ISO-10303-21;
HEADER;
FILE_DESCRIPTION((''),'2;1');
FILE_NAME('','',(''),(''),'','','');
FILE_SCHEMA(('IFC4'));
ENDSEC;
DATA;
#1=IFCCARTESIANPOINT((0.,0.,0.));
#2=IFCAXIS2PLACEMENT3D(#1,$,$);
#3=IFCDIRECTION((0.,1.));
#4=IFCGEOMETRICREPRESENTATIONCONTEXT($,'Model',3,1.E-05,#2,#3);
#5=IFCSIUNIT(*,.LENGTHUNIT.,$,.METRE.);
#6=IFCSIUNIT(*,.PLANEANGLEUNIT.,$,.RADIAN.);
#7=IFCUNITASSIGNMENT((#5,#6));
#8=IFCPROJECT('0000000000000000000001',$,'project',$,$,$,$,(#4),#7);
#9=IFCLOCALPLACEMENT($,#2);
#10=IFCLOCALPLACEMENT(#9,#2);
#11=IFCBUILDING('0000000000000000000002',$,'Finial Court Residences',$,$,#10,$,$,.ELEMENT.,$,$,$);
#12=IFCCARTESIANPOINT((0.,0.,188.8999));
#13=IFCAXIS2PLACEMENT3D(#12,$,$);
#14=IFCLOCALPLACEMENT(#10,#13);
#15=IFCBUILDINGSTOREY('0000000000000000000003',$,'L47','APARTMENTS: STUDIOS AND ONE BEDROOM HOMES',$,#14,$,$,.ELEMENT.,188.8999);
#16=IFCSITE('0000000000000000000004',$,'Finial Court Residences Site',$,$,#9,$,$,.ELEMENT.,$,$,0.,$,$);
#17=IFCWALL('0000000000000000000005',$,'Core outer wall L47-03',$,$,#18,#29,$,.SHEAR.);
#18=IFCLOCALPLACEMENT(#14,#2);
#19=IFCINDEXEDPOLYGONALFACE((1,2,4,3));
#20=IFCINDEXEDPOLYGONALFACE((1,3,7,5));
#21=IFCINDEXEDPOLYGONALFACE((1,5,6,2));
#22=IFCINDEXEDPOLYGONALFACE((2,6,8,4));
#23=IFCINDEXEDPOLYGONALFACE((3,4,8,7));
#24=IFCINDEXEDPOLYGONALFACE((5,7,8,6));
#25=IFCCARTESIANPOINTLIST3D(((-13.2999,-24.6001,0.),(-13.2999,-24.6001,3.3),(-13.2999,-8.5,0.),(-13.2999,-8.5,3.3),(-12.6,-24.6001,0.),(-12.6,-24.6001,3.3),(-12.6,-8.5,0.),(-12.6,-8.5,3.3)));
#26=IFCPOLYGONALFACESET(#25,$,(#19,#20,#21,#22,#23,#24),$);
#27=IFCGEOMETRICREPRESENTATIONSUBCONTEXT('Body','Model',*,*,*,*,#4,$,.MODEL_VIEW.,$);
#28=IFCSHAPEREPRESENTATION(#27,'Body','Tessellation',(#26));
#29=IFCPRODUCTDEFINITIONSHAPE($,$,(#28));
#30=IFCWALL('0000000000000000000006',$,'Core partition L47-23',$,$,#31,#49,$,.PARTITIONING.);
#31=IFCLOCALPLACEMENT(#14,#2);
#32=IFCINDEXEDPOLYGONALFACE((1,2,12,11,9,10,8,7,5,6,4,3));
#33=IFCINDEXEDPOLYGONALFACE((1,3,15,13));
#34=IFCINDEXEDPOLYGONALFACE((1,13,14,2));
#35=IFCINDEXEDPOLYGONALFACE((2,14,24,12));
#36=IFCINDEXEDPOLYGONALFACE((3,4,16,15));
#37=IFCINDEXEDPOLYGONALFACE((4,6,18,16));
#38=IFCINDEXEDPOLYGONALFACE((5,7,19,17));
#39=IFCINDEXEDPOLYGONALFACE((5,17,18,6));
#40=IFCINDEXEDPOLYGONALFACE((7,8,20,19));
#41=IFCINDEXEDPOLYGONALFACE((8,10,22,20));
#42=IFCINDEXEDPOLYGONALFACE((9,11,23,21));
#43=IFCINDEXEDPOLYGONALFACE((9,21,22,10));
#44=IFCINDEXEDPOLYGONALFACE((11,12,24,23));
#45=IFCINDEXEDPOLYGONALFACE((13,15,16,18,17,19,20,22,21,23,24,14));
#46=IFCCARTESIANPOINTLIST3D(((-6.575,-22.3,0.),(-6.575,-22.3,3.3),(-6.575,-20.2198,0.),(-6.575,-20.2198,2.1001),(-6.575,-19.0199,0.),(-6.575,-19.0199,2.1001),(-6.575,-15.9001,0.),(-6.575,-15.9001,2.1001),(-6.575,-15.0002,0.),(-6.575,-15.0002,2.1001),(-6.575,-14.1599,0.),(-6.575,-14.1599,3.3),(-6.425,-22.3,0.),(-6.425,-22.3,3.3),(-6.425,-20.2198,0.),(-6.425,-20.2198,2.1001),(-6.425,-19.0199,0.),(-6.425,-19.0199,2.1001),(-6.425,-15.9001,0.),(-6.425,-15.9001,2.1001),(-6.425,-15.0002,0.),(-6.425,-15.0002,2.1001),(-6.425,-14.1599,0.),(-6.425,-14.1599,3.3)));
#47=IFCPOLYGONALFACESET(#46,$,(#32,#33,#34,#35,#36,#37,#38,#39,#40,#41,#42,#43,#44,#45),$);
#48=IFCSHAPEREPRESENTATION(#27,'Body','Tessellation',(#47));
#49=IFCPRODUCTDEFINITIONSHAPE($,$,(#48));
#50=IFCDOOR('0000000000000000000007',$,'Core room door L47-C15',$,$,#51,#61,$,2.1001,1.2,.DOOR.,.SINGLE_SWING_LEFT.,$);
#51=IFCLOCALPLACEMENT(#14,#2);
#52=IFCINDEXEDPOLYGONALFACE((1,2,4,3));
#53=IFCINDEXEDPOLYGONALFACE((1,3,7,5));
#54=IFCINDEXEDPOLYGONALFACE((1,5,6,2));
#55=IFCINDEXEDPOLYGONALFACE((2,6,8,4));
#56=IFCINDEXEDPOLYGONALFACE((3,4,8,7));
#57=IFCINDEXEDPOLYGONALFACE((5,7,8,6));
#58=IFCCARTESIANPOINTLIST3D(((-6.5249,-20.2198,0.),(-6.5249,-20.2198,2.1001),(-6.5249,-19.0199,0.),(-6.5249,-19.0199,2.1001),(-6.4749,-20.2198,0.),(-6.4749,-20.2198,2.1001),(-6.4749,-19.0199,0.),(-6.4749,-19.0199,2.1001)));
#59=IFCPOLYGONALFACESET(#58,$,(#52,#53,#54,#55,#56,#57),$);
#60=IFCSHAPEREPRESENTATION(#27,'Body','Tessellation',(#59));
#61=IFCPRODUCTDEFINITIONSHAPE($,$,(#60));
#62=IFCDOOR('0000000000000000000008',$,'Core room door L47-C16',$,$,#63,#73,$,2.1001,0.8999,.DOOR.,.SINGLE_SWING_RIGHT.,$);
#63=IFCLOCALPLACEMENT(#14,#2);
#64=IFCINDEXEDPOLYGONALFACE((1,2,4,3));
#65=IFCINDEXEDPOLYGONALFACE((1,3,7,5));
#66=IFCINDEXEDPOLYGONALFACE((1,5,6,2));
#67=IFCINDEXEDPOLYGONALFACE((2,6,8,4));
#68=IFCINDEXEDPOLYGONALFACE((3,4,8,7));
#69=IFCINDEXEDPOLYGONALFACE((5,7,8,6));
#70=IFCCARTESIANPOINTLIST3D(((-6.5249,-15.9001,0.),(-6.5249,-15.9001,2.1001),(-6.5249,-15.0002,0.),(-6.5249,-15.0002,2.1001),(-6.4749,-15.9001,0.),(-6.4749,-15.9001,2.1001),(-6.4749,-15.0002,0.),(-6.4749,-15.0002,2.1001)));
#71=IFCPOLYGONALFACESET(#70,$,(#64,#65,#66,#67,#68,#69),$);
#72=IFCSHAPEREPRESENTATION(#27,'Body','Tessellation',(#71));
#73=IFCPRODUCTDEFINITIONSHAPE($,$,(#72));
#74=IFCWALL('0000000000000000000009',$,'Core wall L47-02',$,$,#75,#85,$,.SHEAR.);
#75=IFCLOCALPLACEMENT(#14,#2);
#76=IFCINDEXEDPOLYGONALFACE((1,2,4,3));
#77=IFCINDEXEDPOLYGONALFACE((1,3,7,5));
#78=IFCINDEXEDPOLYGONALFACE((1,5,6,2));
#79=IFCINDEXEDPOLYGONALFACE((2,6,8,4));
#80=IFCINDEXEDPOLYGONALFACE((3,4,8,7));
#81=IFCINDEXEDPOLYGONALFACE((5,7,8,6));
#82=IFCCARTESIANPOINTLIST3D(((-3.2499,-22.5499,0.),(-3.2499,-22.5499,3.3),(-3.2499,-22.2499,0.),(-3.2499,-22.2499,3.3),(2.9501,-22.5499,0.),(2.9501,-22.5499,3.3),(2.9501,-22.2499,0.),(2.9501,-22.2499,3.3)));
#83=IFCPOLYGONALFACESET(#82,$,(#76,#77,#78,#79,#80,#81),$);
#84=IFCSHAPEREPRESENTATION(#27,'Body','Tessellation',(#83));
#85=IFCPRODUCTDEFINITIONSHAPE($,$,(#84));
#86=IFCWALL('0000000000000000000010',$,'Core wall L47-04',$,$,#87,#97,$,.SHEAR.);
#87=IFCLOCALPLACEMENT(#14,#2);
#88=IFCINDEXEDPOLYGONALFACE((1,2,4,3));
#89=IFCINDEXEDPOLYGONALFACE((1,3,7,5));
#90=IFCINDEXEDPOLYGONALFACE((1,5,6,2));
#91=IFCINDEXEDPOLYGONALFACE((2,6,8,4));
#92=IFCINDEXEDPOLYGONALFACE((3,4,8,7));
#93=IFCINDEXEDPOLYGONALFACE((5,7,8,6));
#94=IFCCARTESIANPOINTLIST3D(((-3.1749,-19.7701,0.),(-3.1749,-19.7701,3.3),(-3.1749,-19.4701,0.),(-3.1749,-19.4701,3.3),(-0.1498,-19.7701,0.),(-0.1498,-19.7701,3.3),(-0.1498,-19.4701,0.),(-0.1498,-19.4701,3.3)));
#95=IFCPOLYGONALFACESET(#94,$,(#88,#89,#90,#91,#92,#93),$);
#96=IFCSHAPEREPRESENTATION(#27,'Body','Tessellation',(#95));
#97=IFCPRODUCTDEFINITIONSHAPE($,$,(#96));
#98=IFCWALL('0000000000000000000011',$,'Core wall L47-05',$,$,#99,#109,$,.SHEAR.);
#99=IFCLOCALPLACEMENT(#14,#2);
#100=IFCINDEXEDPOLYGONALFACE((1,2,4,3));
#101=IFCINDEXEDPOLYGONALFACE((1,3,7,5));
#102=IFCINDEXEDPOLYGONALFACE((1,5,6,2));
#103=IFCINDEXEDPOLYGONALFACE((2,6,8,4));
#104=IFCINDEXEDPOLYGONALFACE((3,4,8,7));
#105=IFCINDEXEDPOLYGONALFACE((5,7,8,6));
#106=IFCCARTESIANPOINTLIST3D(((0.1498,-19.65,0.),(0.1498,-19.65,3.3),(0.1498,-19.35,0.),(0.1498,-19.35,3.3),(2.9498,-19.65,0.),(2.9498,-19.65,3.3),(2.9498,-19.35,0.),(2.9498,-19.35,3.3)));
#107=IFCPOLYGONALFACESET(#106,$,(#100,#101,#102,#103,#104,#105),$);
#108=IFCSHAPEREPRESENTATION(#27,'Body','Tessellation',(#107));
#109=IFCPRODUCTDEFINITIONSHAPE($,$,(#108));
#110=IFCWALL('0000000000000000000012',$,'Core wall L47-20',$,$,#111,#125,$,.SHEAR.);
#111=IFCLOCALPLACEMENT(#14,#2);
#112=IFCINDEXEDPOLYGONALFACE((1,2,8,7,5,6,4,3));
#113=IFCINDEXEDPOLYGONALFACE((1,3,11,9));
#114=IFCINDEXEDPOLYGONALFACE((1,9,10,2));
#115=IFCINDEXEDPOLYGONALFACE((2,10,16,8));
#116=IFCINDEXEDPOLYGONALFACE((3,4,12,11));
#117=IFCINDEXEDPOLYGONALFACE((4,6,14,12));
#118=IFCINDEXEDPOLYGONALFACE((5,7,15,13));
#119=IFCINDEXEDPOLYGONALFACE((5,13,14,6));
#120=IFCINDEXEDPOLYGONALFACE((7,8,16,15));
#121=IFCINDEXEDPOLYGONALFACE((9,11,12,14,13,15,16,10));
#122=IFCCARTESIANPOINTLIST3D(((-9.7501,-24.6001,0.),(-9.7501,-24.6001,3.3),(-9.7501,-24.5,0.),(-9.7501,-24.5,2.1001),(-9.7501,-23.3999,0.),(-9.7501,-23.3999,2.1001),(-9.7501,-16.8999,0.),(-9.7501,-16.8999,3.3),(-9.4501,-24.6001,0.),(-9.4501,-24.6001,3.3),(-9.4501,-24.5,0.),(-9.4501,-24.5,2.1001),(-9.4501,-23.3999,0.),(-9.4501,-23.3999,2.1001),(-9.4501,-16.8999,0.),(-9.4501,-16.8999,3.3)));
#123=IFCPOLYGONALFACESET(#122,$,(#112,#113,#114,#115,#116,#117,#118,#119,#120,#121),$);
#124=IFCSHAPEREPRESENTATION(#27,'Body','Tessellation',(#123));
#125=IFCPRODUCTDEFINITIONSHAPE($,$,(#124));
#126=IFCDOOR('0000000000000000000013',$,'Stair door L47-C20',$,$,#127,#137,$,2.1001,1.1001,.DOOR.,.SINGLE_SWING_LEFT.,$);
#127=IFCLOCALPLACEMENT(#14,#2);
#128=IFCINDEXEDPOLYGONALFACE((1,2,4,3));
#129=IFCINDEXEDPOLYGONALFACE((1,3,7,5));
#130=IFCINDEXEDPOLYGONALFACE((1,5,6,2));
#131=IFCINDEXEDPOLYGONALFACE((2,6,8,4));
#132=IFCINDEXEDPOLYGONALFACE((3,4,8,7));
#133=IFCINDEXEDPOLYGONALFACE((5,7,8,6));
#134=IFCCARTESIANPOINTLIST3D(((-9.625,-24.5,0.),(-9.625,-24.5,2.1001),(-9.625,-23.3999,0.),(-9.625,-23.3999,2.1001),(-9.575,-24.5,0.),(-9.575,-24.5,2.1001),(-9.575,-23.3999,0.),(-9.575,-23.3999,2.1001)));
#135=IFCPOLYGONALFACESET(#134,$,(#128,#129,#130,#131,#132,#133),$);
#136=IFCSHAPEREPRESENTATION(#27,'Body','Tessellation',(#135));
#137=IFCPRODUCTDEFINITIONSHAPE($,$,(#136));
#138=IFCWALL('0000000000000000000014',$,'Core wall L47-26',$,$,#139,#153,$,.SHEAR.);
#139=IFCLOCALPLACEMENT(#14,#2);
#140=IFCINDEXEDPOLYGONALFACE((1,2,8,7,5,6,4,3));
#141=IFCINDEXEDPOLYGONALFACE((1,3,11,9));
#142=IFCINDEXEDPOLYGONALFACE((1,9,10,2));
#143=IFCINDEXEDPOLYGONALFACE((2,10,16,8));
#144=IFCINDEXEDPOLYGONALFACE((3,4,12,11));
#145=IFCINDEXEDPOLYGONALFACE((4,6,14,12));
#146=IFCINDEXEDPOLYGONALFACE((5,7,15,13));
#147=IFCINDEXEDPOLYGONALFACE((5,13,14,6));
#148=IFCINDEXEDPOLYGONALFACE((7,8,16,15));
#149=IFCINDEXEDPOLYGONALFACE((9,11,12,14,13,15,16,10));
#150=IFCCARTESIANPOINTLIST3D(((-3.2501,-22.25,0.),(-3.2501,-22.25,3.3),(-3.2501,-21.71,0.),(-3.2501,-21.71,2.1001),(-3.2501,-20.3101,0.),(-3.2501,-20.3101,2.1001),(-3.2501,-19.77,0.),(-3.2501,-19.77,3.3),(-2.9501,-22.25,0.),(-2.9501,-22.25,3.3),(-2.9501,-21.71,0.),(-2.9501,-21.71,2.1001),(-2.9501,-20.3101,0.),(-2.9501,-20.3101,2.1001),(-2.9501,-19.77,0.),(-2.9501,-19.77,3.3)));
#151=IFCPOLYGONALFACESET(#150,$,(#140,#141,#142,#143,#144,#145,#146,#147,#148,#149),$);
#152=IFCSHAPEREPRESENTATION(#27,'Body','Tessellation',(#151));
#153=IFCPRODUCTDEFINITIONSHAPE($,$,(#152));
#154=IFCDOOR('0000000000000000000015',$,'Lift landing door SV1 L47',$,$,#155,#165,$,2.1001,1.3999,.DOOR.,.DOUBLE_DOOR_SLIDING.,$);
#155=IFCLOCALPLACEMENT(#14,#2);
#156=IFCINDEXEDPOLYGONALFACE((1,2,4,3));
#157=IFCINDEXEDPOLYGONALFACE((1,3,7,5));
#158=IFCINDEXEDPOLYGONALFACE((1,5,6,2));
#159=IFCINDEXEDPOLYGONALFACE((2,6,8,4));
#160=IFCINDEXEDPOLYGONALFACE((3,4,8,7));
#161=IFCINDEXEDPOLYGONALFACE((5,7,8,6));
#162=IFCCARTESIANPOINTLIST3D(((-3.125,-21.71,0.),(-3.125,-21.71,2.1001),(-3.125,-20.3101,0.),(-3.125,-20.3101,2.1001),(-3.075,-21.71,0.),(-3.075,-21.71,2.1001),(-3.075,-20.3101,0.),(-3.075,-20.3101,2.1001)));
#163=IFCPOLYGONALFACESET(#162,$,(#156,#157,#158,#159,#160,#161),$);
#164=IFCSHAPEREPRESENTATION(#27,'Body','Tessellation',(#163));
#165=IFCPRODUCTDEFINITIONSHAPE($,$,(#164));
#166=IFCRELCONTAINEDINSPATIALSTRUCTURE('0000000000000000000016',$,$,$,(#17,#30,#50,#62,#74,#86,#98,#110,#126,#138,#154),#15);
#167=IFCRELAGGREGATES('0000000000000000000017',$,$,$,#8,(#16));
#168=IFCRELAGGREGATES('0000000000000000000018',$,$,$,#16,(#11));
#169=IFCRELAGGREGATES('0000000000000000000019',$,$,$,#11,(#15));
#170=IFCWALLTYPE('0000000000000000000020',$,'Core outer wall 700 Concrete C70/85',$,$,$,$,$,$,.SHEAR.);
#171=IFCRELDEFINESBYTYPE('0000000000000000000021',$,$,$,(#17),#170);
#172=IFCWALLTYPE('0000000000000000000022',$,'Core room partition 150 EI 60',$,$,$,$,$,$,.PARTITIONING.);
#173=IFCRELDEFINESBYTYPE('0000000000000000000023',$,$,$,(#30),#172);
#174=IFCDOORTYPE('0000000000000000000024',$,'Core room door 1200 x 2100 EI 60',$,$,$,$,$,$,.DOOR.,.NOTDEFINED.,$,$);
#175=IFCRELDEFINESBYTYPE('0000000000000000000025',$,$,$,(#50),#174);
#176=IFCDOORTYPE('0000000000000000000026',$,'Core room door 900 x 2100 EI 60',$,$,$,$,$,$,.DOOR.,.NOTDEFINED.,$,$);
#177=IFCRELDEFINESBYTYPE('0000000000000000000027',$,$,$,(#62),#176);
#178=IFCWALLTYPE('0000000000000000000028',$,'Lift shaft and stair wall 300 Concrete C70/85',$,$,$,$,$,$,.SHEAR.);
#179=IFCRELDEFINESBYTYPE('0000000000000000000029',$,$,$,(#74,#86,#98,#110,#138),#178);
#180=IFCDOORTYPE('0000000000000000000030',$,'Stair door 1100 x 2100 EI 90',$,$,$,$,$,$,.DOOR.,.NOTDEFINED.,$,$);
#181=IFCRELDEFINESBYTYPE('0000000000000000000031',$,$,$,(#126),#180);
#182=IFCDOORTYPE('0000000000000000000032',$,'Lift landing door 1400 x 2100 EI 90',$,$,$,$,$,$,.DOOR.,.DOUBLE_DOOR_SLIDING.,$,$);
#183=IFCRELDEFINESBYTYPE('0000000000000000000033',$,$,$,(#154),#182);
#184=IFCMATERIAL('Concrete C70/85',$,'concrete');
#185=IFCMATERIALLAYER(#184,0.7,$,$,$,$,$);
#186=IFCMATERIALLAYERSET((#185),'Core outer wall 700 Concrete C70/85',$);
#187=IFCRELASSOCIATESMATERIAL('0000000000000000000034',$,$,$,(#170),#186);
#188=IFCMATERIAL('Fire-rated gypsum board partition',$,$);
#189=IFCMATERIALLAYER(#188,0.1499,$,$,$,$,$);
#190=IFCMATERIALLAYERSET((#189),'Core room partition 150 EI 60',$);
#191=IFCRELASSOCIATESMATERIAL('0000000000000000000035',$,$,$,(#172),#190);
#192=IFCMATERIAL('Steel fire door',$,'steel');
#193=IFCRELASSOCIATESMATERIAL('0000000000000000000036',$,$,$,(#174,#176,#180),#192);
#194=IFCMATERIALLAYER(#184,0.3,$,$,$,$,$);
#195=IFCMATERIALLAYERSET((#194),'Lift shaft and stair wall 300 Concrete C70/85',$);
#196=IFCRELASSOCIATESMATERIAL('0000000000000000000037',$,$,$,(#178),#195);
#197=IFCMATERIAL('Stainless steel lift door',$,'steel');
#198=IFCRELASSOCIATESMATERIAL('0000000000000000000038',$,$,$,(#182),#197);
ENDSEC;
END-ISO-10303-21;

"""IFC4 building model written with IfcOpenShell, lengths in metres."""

from ifc_helpers import new_model, si_unit, direction, frame, frame_2d, origin, place, context, subcontext, project, spatial, rectangle, extrude, material, layer, layer_set, type_object, element, fill, save


model = new_model("IFC4")

# Units and contexts
model_context = context("Model", 3, precision=1e-05, world=origin(), true_north=direction((0.0, 1.0)))
body_context = subcontext(model_context, "Body", "Model", "MODEL_VIEW")
ifc_project = project(units=[si_unit("LENGTHUNIT", "METRE"), si_unit("PLANEANGLEUNIT", "RADIAN")], contexts=[model_context])

# Site, building, storey
site_placement = place(None, origin())
site = spatial("IfcSite", under=ifc_project, at=site_placement, Name="Finial Court Residences Site", CompositionType="ELEMENT", RefElevation=0.0)
building_placement = place(site_placement, origin())
building = spatial("IfcBuilding", under=site, at=building_placement, Name="Finial Court Residences", CompositionType="ELEMENT")
storey_placement = place(building_placement, frame((0.0, 0.0, 188.8999)))
storey = spatial("IfcBuildingStorey", under=building, at=storey_placement, Name="L47", Description="APARTMENTS: STUDIOS AND ONE BEDROOM HOMES", CompositionType="ELEMENT", Elevation=188.8999)

# Wall
ifc_material_1 = material(Name="Concrete C70/85", Category="concrete")
ifc_layer_1 = layer(ifc_material_1, 0.7)
ifc_layer_set_1 = layer_set([ifc_layer_1], Name="Core outer wall 700 Concrete C70/85")
wall_type_1 = type_object("IfcWallType", Name="Core outer wall 700 Concrete C70/85", PredefinedType="SHEAR", material=ifc_layer_set_1)
wall_1_placement = place(storey_placement, frame((-12.95, -24.6001, 0.0), z_axis=(0.0, 0.0, 1.0), x_axis=(0.0, 1.0, 0.0)))
element("IfcWall", 1, at=wall_1_placement, inside=storey, type_object=wall_type_1, Name="Core outer wall L47-03", PredefinedType="SHEAR", context=body_context, shape_type="SweptSolid", body=[
    extrude(rectangle(XDim=16.1001, YDim=0.7, at=frame_2d((8.05, 0.0))), origin(), (0.0, 0.0, 1.0), 3.3),
])

# Wall, openings, doors
ifc_material_2 = material(Name="Fire-rated gypsum board partition")
ifc_layer_2 = layer(ifc_material_2, 0.1499)
ifc_layer_set_2 = layer_set([ifc_layer_2], Name="Core room partition 150 EI 60")
wall_type_2 = type_object("IfcWallType", Name="Core room partition 150 EI 60", PredefinedType="PARTITIONING", material=ifc_layer_set_2)
wall_2_placement = place(storey_placement, frame((-6.5, -22.3, 0.0), z_axis=(0.0, 0.0, 1.0), x_axis=(0.0, 1.0, 0.0)))
wall_2 = element("IfcWall", 2, at=wall_2_placement, inside=storey, type_object=wall_type_2, Name="Core partition L47-23", PredefinedType="PARTITIONING", context=body_context, shape_type="SweptSolid", body=[
    extrude(rectangle(XDim=8.1401, YDim=0.1499, at=frame_2d((4.0701, 0.0))), origin(), (0.0, 0.0, 1.0), 3.3),
])
opening_1_placement = place(wall_2_placement, frame((2.0801, 0.0, 0.0)))
opening_1 = element("IfcOpeningElement", 3, at=opening_1_placement, cuts=wall_2, PredefinedType="OPENING", context=body_context, shape_type="SweptSolid", body=[
    extrude(rectangle(XDim=1.2, YDim=2.1001, at=frame_2d((0.6001, 1.05))), frame((0.0, 0.085, 0.0), z_axis=(0.0, -1.0, 0.0), x_axis=(1.0, 0.0, 0.0)), (0.0, 0.0, 1.0), 0.1699),
])
opening_2_placement = place(wall_2_placement, frame((6.3999, 0.0, 0.0)))
opening_2 = element("IfcOpeningElement", 4, at=opening_2_placement, cuts=wall_2, PredefinedType="OPENING", context=body_context, shape_type="SweptSolid", body=[
    extrude(rectangle(XDim=0.8999, YDim=2.1001, at=frame_2d((0.45, 1.05))), frame((0.0, 0.085, 0.0), z_axis=(0.0, -1.0, 0.0), x_axis=(1.0, 0.0, 0.0)), (0.0, 0.0, 1.0), 0.1699),
])
ifc_material_3 = material(Name="Steel fire door", Category="steel")
door_type_1 = type_object("IfcDoorType", Name="Core room door 1200 x 2100 EI 60", OperationType="NOTDEFINED", PredefinedType="DOOR", material=ifc_material_3)
door_1_placement = place(opening_1_placement, origin())
door_1 = element("IfcDoor", 5, at=door_1_placement, inside=storey, type_object=door_type_1, Name="Core room door L47-C15", OperationType="SINGLE_SWING_LEFT", OverallHeight=2.1001, OverallWidth=1.2, PredefinedType="DOOR", context=body_context, shape_type="SweptSolid", body=[
    extrude(rectangle(XDim=1.2, YDim=2.1001, at=frame_2d((0.6001, 1.05))), frame((0.0, 0.0249, 0.0), z_axis=(0.0, -1.0, 0.0), x_axis=(1.0, 0.0, 0.0)), (0.0, 0.0, 1.0), 0.05),
])
fill(opening_1, door_1)
door_type_2 = type_object("IfcDoorType", Name="Core room door 900 x 2100 EI 60", OperationType="NOTDEFINED", PredefinedType="DOOR", material=ifc_material_3)
door_2_placement = place(opening_2_placement, origin())
door_2 = element("IfcDoor", 6, at=door_2_placement, inside=storey, type_object=door_type_2, Name="Core room door L47-C16", OperationType="SINGLE_SWING_RIGHT", OverallHeight=2.1001, OverallWidth=0.8999, PredefinedType="DOOR", context=body_context, shape_type="SweptSolid", body=[
    extrude(rectangle(XDim=0.8999, YDim=2.1001, at=frame_2d((0.45, 1.05))), frame((0.0, 0.0249, 0.0), z_axis=(0.0, -1.0, 0.0), x_axis=(1.0, 0.0, 0.0)), (0.0, 0.0, 1.0), 0.05),
])
fill(opening_2, door_2)

# Walls
ifc_layer_3 = layer(ifc_material_1, 0.3)
ifc_layer_set_3 = layer_set([ifc_layer_3], Name="Lift shaft and stair wall 300 Concrete C70/85")
wall_type_3 = type_object("IfcWallType", Name="Lift shaft and stair wall 300 Concrete C70/85", PredefinedType="SHEAR", material=ifc_layer_set_3)
wall_3_placement = place(storey_placement, frame((-3.25, -22.3999, 0.0), z_axis=(0.0, 0.0, 1.0), x_axis=(1.0, 0.0, 0.0)))
element("IfcWall", 7, at=wall_3_placement, inside=storey, type_object=wall_type_3, Name="Core wall L47-02", PredefinedType="SHEAR", context=body_context, shape_type="SweptSolid", body=[
    extrude(rectangle(XDim=6.2, YDim=0.3, at=frame_2d((3.1001, 0.0))), origin(), (0.0, 0.0, 1.0), 3.3),
])
wall_4_placement = place(storey_placement, frame((-3.175, -19.6201, 0.0), z_axis=(0.0, 0.0, 1.0), x_axis=(1.0, 0.0, 0.0)))
element("IfcWall", 8, at=wall_4_placement, inside=storey, type_object=wall_type_3, Name="Core wall L47-04", PredefinedType="SHEAR", context=body_context, shape_type="SweptSolid", body=[
    extrude(rectangle(XDim=3.0251, YDim=0.3, at=frame_2d((1.5127, 0.0))), origin(), (0.0, 0.0, 1.0), 3.3),
])
wall_5_placement = place(storey_placement, frame((0.1499, -19.5, 0.0), z_axis=(0.0, 0.0, 1.0), x_axis=(1.0, 0.0, 0.0)))
element("IfcWall", 9, at=wall_5_placement, inside=storey, type_object=wall_type_3, Name="Core wall L47-05", PredefinedType="SHEAR", context=body_context, shape_type="SweptSolid", body=[
    extrude(rectangle(XDim=2.8, YDim=0.3, at=frame_2d((1.3999, 0.0))), origin(), (0.0, 0.0, 1.0), 3.3),
])

# Walls, openings, doors
wall_6_placement = place(storey_placement, frame((-9.6001, -24.6001, 0.0), z_axis=(0.0, 0.0, 1.0), x_axis=(0.0, 1.0, 0.0)))
wall_6 = element("IfcWall", 10, at=wall_6_placement, inside=storey, type_object=wall_type_3, Name="Core wall L47-20", PredefinedType="SHEAR", context=body_context, shape_type="SweptSolid", body=[
    extrude(rectangle(XDim=7.7002, YDim=0.3, at=frame_2d((3.8501, 0.0))), origin(), (0.0, 0.0, 1.0), 3.3),
])
opening_3_placement = place(wall_6_placement, frame((0.1001, 0.0, 0.0)))
opening_3 = element("IfcOpeningElement", 11, at=opening_3_placement, cuts=wall_6, PredefinedType="OPENING", context=body_context, shape_type="SweptSolid", body=[
    extrude(rectangle(XDim=1.1001, YDim=2.1001, at=frame_2d((0.55, 1.05))), frame((0.0, 0.1599, 0.0), z_axis=(0.0, -1.0, 0.0), x_axis=(1.0, 0.0, 0.0)), (0.0, 0.0, 1.0), 0.3201),
])
door_type_3 = type_object("IfcDoorType", Name="Stair door 1100 x 2100 EI 90", OperationType="NOTDEFINED", PredefinedType="DOOR", material=ifc_material_3)
door_3_placement = place(opening_3_placement, origin())
door_3 = element("IfcDoor", 12, at=door_3_placement, inside=storey, type_object=door_type_3, Name="Stair door L47-C20", OperationType="SINGLE_SWING_LEFT", OverallHeight=2.1001, OverallWidth=1.1001, PredefinedType="DOOR", context=body_context, shape_type="SweptSolid", body=[
    extrude(rectangle(XDim=1.1001, YDim=2.1001, at=frame_2d((0.55, 1.05))), frame((0.0, 0.0249, 0.0), z_axis=(0.0, -1.0, 0.0), x_axis=(1.0, 0.0, 0.0)), (0.0, 0.0, 1.0), 0.05),
])
fill(opening_3, door_3)
wall_7_placement = place(storey_placement, frame((-3.1001, -22.25, 0.0), z_axis=(0.0, 0.0, 1.0), x_axis=(0.0, 1.0, 0.0)))
wall_7 = element("IfcWall", 13, at=wall_7_placement, inside=storey, type_object=wall_type_3, Name="Core wall L47-26", PredefinedType="SHEAR", context=body_context, shape_type="SweptSolid", body=[
    extrude(rectangle(XDim=2.48, YDim=0.3, at=frame_2d((1.24, 0.0))), origin(), (0.0, 0.0, 1.0), 3.3),
])
opening_4_placement = place(wall_7_placement, frame((0.54, 0.0, 0.0)))
opening_4 = element("IfcOpeningElement", 14, at=opening_4_placement, cuts=wall_7, PredefinedType="OPENING", context=body_context, shape_type="SweptSolid", body=[
    extrude(rectangle(XDim=1.3999, YDim=2.1001, at=frame_2d((0.7, 1.05))), frame((0.0, 0.1599, 0.0), z_axis=(0.0, -1.0, 0.0), x_axis=(1.0, 0.0, 0.0)), (0.0, 0.0, 1.0), 0.3201),
])
ifc_material_4 = material(Name="Stainless steel lift door", Category="steel")
door_type_4 = type_object("IfcDoorType", Name="Lift landing door 1400 x 2100 EI 90", OperationType="DOUBLE_DOOR_SLIDING", PredefinedType="DOOR", material=ifc_material_4)
door_4_placement = place(opening_4_placement, origin())
door_4 = element("IfcDoor", 15, at=door_4_placement, inside=storey, type_object=door_type_4, Name="Lift landing door SV1 L47", OperationType="DOUBLE_DOOR_SLIDING", OverallHeight=2.1001, OverallWidth=1.3999, PredefinedType="DOOR", context=body_context, shape_type="SweptSolid", body=[
    extrude(rectangle(XDim=1.3999, YDim=2.1001, at=frame_2d((0.7, 1.05))), frame((0.0, 0.0249, 0.0), z_axis=(0.0, -1.0, 0.0), x_axis=(1.0, 0.0, 0.0)), (0.0, 0.0, 1.0), 0.05),
])
fill(opening_4, door_4)

save(model, "model.ifc")
